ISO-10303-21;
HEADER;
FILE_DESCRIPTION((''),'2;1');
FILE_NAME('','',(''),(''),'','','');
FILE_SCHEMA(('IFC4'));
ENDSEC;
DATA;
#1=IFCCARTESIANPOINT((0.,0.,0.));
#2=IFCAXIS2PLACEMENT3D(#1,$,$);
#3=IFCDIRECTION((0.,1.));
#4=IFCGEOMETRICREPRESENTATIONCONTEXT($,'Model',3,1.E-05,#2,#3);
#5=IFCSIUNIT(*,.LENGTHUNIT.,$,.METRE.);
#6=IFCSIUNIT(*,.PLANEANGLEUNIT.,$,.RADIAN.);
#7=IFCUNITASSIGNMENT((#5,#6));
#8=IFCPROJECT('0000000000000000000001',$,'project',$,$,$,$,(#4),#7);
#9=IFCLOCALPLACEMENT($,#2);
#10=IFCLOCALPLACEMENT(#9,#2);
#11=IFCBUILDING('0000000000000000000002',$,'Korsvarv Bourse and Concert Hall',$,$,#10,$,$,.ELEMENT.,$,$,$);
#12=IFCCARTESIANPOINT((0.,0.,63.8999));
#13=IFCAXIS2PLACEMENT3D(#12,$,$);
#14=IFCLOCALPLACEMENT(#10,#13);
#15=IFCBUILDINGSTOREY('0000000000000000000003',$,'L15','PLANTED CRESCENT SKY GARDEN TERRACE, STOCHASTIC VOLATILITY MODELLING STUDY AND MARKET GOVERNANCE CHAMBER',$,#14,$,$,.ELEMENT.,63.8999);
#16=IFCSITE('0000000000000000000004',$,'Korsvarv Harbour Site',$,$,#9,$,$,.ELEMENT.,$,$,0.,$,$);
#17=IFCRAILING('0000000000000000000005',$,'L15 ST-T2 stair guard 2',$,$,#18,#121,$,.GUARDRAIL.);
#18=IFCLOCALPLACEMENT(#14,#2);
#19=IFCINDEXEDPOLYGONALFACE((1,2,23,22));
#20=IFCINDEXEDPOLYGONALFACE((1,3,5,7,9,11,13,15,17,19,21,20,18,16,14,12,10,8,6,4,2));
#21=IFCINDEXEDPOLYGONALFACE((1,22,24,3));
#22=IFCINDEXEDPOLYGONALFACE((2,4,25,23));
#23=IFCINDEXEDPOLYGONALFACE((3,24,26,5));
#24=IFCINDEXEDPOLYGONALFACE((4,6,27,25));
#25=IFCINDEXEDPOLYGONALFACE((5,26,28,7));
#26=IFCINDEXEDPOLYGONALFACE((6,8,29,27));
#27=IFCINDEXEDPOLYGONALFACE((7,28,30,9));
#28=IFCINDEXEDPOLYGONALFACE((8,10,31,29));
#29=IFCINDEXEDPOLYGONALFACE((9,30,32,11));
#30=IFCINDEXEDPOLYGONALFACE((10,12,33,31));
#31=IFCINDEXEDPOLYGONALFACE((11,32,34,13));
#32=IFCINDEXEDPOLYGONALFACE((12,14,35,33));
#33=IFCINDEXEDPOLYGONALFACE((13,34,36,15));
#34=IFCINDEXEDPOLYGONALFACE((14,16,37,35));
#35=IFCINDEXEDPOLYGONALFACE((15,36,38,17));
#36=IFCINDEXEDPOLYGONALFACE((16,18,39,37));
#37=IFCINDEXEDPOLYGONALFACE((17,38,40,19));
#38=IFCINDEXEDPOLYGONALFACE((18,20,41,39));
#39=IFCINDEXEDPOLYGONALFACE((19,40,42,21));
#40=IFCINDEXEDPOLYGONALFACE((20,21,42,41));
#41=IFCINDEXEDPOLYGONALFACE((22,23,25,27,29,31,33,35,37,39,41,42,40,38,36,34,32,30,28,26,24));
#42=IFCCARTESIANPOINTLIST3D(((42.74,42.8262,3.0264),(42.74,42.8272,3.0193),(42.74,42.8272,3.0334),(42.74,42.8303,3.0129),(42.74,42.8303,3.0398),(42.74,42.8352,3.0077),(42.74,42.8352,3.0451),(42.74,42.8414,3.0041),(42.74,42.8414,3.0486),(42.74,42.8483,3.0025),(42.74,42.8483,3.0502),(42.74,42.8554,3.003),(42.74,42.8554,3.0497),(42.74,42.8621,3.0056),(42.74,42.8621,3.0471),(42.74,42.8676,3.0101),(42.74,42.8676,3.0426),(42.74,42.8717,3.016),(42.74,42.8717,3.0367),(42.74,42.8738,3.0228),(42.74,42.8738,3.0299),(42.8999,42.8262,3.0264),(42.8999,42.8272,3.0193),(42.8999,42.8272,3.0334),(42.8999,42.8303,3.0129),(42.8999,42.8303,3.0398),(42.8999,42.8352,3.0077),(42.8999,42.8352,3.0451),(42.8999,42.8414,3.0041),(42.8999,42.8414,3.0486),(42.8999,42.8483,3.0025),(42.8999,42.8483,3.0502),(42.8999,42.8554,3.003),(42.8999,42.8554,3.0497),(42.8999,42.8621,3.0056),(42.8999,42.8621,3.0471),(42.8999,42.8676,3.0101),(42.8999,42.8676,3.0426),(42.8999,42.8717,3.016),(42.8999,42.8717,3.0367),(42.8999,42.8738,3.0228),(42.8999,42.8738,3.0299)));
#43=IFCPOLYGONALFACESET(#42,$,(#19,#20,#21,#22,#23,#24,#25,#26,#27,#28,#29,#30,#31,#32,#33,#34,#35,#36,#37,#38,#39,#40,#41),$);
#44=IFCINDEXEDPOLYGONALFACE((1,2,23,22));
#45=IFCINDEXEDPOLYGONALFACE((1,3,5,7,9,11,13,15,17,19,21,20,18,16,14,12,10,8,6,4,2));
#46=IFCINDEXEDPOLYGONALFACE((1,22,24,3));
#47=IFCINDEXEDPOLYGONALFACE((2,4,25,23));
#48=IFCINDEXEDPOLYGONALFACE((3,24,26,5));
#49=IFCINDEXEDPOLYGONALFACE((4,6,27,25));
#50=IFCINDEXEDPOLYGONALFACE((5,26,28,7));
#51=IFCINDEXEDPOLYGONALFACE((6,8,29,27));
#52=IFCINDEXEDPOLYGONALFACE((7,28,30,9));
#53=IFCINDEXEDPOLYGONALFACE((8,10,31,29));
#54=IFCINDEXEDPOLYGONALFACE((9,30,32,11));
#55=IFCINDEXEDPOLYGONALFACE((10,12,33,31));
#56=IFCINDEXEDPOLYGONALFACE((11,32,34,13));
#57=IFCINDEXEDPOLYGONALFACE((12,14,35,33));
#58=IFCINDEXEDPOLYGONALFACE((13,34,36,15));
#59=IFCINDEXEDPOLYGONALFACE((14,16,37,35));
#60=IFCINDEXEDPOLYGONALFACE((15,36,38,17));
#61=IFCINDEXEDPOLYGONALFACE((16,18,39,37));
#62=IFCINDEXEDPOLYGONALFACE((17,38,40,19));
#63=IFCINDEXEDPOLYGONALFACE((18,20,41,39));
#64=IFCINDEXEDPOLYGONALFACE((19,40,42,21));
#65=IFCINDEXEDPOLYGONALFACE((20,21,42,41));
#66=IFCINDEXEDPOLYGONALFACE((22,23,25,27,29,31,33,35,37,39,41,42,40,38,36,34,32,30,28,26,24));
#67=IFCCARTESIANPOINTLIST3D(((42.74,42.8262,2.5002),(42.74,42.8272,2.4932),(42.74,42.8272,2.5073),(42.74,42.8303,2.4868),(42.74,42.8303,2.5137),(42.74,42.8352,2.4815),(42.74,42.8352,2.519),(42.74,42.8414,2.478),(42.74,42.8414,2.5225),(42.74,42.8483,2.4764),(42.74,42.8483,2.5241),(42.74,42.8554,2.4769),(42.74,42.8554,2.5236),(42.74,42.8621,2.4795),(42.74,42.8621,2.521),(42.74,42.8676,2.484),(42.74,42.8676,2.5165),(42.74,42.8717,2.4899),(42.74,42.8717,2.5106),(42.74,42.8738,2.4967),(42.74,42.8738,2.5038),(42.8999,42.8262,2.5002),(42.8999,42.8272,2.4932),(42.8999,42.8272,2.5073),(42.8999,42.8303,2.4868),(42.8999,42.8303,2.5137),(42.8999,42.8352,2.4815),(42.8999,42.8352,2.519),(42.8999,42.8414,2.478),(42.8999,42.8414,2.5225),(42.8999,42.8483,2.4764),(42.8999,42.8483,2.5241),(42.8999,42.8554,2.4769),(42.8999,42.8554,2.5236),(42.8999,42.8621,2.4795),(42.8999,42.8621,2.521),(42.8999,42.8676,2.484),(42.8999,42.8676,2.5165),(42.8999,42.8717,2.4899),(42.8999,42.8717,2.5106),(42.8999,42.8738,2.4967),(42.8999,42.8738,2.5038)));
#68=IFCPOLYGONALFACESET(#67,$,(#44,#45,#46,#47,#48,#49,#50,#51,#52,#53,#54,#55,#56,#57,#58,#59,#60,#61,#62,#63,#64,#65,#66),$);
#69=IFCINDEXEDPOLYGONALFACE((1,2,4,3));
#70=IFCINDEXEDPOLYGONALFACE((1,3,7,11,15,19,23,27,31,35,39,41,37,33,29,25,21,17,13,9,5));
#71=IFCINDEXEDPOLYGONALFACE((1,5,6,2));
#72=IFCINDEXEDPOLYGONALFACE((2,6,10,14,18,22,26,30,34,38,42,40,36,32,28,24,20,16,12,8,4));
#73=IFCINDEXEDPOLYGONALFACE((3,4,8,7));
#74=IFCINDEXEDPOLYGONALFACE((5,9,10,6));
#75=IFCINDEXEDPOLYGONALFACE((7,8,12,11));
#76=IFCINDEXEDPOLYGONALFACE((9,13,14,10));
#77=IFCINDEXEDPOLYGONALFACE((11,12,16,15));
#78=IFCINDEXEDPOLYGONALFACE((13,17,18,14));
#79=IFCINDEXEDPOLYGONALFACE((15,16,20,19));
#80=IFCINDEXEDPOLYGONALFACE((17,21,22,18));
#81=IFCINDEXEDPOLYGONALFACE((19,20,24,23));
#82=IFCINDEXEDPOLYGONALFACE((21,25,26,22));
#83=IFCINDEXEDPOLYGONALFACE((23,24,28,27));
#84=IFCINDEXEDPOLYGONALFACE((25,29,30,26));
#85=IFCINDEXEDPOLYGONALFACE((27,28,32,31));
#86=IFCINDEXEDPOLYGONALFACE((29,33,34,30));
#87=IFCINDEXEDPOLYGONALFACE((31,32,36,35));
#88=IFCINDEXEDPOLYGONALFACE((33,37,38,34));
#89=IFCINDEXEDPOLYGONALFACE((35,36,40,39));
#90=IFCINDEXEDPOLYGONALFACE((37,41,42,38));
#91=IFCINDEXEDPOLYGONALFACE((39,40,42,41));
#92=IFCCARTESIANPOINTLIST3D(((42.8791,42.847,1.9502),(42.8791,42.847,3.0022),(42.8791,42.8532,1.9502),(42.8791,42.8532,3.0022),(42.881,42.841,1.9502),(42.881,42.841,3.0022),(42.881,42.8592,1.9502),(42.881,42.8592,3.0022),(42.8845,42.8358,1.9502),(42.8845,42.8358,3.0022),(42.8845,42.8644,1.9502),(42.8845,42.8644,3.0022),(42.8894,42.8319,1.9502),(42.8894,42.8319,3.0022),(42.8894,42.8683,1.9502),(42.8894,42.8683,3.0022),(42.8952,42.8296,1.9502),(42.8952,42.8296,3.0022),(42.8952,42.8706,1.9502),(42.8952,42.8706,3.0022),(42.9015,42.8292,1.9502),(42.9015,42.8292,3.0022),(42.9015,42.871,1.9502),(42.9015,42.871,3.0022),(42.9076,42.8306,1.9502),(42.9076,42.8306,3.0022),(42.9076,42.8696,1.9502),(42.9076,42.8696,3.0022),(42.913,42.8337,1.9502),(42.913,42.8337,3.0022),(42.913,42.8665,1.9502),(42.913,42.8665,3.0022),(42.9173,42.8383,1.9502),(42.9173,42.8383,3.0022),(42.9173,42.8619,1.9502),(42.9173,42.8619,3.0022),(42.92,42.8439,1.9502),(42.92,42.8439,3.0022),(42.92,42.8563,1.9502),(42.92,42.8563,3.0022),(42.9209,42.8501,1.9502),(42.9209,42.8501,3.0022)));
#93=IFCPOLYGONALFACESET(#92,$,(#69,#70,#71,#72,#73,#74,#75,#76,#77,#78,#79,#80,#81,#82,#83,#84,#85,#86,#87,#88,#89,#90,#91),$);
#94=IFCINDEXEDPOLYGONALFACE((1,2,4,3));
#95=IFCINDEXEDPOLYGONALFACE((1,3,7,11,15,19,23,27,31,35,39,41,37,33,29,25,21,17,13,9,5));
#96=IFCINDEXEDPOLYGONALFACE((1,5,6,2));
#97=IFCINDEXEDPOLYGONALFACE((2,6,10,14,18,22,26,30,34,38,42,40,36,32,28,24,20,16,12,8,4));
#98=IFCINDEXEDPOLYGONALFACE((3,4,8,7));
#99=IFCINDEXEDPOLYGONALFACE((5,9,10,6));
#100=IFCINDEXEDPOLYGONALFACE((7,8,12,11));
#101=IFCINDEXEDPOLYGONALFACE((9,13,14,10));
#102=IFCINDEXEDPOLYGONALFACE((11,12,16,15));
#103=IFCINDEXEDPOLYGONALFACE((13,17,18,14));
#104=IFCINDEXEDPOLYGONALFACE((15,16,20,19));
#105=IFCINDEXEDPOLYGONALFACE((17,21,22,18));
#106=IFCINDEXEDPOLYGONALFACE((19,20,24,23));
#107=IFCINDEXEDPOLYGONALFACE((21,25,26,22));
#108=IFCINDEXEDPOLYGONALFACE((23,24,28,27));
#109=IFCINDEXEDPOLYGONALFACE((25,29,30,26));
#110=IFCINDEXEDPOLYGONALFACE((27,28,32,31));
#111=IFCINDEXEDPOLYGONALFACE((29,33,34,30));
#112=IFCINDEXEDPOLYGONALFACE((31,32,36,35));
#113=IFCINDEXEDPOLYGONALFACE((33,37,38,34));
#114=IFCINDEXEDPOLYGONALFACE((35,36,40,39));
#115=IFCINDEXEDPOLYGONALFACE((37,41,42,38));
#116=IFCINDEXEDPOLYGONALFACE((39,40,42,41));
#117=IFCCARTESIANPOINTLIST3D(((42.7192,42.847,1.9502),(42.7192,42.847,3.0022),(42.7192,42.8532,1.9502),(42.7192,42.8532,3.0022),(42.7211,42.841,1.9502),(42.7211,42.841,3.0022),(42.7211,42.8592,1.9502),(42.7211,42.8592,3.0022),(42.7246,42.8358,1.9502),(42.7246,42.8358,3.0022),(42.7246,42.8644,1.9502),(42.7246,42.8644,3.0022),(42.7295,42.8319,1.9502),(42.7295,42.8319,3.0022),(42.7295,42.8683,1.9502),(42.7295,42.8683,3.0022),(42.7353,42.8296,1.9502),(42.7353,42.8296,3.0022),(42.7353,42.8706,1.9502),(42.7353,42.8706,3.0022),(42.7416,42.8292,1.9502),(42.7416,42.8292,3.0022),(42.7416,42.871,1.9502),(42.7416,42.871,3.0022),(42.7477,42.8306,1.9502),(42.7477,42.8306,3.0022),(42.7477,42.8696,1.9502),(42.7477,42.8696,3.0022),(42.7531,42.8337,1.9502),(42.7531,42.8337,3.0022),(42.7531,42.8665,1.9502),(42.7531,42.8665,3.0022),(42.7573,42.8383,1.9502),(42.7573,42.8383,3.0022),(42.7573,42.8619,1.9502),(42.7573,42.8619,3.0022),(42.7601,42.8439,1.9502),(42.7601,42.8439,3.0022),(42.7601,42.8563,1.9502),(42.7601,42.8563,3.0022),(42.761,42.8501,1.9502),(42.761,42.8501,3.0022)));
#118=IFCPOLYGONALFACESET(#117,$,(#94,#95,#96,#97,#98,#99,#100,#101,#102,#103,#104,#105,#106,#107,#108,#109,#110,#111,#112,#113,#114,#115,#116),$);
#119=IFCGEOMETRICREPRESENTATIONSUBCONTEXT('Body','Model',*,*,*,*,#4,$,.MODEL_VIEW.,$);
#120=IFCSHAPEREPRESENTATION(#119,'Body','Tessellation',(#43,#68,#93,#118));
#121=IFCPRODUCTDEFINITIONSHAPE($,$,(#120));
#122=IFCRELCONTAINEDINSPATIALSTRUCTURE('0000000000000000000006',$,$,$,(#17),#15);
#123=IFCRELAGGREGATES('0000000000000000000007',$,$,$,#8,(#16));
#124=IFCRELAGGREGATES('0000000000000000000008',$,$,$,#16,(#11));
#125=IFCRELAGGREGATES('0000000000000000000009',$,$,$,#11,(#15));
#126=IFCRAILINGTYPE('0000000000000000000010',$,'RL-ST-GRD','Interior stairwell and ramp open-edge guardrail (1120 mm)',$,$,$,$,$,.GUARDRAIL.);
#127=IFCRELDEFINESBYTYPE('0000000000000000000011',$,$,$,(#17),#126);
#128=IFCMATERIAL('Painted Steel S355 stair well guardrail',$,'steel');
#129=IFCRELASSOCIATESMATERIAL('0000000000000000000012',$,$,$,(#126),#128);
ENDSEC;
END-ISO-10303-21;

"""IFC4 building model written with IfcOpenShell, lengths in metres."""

from ifc_helpers import new_model, si_unit, direction, frame, origin, origin_2d, place, context, subcontext, project, spatial, circle, extrude, material, type_object, element, save


model = new_model("IFC4")

# Units and contexts
model_context = context("Model", 3, precision=1e-05, world=origin(), true_north=direction((0.0, 1.0)))
body_context = subcontext(model_context, "Body", "Model", "MODEL_VIEW")
ifc_project = project(units=[si_unit("LENGTHUNIT", "METRE"), si_unit("PLANEANGLEUNIT", "RADIAN")], contexts=[model_context])

# Site, building, storey
site_placement = place(None, origin())
site = spatial("IfcSite", under=ifc_project, at=site_placement, Name="Korsvarv Harbour Site", CompositionType="ELEMENT", RefElevation=0.0)
building_placement = place(site_placement, origin())
building = spatial("IfcBuilding", under=site, at=building_placement, Name="Korsvarv Bourse and Concert Hall", CompositionType="ELEMENT")
storey_placement = place(building_placement, frame((0.0, 0.0, 63.8999)))
storey = spatial("IfcBuildingStorey", under=building, at=storey_placement, Name="L15", Description="PLANTED CRESCENT SKY GARDEN TERRACE, STOCHASTIC VOLATILITY MODELLING STUDY AND MARKET GOVERNANCE CHAMBER", CompositionType="ELEMENT", Elevation=63.8999)

# Railing
ifc_material_1 = material(Name="Painted Steel S355 stair well guardrail", Category="steel")
railing_type_1 = type_object("IfcRailingType", Name="RL-ST-GRD", Description="Interior stairwell and ramp open-edge guardrail (1120 mm)", PredefinedType="GUARDRAIL", material=ifc_material_1)
railing_1_placement = place(storey_placement, frame((42.8999, 42.8501, 1.9502)))
element("IfcRailing", 1, at=railing_1_placement, inside=storey, type_object=railing_type_1, Name="L15 ST-T2 stair guard 2", PredefinedType="GUARDRAIL", context=body_context, shape_type="SweptSolid", body=[
    extrude(circle(Radius=0.0239, at=origin_2d()), frame((0.0, 0.0, 1.0762), z_axis=(-1.0, 0.0, 0.0), x_axis=(0.0, -1.0, 0.0)), (0.0, 0.0, 1.0), 0.1599),
    extrude(circle(Radius=0.0239, at=origin_2d()), frame((0.0, 0.0, 0.55), z_axis=(-1.0, 0.0, 0.0), x_axis=(0.0, -1.0, 0.0)), (0.0, 0.0, 1.0), 0.1599),
    extrude(circle(Radius=0.021, at=origin_2d()), origin(), (0.0, 0.0, 1.0), 1.052),
    extrude(circle(Radius=0.021, at=origin_2d()), frame((-0.1599, 0.0, 0.0)), (0.0, 0.0, 1.0), 1.052),
])

save(model, "model.ifc")
